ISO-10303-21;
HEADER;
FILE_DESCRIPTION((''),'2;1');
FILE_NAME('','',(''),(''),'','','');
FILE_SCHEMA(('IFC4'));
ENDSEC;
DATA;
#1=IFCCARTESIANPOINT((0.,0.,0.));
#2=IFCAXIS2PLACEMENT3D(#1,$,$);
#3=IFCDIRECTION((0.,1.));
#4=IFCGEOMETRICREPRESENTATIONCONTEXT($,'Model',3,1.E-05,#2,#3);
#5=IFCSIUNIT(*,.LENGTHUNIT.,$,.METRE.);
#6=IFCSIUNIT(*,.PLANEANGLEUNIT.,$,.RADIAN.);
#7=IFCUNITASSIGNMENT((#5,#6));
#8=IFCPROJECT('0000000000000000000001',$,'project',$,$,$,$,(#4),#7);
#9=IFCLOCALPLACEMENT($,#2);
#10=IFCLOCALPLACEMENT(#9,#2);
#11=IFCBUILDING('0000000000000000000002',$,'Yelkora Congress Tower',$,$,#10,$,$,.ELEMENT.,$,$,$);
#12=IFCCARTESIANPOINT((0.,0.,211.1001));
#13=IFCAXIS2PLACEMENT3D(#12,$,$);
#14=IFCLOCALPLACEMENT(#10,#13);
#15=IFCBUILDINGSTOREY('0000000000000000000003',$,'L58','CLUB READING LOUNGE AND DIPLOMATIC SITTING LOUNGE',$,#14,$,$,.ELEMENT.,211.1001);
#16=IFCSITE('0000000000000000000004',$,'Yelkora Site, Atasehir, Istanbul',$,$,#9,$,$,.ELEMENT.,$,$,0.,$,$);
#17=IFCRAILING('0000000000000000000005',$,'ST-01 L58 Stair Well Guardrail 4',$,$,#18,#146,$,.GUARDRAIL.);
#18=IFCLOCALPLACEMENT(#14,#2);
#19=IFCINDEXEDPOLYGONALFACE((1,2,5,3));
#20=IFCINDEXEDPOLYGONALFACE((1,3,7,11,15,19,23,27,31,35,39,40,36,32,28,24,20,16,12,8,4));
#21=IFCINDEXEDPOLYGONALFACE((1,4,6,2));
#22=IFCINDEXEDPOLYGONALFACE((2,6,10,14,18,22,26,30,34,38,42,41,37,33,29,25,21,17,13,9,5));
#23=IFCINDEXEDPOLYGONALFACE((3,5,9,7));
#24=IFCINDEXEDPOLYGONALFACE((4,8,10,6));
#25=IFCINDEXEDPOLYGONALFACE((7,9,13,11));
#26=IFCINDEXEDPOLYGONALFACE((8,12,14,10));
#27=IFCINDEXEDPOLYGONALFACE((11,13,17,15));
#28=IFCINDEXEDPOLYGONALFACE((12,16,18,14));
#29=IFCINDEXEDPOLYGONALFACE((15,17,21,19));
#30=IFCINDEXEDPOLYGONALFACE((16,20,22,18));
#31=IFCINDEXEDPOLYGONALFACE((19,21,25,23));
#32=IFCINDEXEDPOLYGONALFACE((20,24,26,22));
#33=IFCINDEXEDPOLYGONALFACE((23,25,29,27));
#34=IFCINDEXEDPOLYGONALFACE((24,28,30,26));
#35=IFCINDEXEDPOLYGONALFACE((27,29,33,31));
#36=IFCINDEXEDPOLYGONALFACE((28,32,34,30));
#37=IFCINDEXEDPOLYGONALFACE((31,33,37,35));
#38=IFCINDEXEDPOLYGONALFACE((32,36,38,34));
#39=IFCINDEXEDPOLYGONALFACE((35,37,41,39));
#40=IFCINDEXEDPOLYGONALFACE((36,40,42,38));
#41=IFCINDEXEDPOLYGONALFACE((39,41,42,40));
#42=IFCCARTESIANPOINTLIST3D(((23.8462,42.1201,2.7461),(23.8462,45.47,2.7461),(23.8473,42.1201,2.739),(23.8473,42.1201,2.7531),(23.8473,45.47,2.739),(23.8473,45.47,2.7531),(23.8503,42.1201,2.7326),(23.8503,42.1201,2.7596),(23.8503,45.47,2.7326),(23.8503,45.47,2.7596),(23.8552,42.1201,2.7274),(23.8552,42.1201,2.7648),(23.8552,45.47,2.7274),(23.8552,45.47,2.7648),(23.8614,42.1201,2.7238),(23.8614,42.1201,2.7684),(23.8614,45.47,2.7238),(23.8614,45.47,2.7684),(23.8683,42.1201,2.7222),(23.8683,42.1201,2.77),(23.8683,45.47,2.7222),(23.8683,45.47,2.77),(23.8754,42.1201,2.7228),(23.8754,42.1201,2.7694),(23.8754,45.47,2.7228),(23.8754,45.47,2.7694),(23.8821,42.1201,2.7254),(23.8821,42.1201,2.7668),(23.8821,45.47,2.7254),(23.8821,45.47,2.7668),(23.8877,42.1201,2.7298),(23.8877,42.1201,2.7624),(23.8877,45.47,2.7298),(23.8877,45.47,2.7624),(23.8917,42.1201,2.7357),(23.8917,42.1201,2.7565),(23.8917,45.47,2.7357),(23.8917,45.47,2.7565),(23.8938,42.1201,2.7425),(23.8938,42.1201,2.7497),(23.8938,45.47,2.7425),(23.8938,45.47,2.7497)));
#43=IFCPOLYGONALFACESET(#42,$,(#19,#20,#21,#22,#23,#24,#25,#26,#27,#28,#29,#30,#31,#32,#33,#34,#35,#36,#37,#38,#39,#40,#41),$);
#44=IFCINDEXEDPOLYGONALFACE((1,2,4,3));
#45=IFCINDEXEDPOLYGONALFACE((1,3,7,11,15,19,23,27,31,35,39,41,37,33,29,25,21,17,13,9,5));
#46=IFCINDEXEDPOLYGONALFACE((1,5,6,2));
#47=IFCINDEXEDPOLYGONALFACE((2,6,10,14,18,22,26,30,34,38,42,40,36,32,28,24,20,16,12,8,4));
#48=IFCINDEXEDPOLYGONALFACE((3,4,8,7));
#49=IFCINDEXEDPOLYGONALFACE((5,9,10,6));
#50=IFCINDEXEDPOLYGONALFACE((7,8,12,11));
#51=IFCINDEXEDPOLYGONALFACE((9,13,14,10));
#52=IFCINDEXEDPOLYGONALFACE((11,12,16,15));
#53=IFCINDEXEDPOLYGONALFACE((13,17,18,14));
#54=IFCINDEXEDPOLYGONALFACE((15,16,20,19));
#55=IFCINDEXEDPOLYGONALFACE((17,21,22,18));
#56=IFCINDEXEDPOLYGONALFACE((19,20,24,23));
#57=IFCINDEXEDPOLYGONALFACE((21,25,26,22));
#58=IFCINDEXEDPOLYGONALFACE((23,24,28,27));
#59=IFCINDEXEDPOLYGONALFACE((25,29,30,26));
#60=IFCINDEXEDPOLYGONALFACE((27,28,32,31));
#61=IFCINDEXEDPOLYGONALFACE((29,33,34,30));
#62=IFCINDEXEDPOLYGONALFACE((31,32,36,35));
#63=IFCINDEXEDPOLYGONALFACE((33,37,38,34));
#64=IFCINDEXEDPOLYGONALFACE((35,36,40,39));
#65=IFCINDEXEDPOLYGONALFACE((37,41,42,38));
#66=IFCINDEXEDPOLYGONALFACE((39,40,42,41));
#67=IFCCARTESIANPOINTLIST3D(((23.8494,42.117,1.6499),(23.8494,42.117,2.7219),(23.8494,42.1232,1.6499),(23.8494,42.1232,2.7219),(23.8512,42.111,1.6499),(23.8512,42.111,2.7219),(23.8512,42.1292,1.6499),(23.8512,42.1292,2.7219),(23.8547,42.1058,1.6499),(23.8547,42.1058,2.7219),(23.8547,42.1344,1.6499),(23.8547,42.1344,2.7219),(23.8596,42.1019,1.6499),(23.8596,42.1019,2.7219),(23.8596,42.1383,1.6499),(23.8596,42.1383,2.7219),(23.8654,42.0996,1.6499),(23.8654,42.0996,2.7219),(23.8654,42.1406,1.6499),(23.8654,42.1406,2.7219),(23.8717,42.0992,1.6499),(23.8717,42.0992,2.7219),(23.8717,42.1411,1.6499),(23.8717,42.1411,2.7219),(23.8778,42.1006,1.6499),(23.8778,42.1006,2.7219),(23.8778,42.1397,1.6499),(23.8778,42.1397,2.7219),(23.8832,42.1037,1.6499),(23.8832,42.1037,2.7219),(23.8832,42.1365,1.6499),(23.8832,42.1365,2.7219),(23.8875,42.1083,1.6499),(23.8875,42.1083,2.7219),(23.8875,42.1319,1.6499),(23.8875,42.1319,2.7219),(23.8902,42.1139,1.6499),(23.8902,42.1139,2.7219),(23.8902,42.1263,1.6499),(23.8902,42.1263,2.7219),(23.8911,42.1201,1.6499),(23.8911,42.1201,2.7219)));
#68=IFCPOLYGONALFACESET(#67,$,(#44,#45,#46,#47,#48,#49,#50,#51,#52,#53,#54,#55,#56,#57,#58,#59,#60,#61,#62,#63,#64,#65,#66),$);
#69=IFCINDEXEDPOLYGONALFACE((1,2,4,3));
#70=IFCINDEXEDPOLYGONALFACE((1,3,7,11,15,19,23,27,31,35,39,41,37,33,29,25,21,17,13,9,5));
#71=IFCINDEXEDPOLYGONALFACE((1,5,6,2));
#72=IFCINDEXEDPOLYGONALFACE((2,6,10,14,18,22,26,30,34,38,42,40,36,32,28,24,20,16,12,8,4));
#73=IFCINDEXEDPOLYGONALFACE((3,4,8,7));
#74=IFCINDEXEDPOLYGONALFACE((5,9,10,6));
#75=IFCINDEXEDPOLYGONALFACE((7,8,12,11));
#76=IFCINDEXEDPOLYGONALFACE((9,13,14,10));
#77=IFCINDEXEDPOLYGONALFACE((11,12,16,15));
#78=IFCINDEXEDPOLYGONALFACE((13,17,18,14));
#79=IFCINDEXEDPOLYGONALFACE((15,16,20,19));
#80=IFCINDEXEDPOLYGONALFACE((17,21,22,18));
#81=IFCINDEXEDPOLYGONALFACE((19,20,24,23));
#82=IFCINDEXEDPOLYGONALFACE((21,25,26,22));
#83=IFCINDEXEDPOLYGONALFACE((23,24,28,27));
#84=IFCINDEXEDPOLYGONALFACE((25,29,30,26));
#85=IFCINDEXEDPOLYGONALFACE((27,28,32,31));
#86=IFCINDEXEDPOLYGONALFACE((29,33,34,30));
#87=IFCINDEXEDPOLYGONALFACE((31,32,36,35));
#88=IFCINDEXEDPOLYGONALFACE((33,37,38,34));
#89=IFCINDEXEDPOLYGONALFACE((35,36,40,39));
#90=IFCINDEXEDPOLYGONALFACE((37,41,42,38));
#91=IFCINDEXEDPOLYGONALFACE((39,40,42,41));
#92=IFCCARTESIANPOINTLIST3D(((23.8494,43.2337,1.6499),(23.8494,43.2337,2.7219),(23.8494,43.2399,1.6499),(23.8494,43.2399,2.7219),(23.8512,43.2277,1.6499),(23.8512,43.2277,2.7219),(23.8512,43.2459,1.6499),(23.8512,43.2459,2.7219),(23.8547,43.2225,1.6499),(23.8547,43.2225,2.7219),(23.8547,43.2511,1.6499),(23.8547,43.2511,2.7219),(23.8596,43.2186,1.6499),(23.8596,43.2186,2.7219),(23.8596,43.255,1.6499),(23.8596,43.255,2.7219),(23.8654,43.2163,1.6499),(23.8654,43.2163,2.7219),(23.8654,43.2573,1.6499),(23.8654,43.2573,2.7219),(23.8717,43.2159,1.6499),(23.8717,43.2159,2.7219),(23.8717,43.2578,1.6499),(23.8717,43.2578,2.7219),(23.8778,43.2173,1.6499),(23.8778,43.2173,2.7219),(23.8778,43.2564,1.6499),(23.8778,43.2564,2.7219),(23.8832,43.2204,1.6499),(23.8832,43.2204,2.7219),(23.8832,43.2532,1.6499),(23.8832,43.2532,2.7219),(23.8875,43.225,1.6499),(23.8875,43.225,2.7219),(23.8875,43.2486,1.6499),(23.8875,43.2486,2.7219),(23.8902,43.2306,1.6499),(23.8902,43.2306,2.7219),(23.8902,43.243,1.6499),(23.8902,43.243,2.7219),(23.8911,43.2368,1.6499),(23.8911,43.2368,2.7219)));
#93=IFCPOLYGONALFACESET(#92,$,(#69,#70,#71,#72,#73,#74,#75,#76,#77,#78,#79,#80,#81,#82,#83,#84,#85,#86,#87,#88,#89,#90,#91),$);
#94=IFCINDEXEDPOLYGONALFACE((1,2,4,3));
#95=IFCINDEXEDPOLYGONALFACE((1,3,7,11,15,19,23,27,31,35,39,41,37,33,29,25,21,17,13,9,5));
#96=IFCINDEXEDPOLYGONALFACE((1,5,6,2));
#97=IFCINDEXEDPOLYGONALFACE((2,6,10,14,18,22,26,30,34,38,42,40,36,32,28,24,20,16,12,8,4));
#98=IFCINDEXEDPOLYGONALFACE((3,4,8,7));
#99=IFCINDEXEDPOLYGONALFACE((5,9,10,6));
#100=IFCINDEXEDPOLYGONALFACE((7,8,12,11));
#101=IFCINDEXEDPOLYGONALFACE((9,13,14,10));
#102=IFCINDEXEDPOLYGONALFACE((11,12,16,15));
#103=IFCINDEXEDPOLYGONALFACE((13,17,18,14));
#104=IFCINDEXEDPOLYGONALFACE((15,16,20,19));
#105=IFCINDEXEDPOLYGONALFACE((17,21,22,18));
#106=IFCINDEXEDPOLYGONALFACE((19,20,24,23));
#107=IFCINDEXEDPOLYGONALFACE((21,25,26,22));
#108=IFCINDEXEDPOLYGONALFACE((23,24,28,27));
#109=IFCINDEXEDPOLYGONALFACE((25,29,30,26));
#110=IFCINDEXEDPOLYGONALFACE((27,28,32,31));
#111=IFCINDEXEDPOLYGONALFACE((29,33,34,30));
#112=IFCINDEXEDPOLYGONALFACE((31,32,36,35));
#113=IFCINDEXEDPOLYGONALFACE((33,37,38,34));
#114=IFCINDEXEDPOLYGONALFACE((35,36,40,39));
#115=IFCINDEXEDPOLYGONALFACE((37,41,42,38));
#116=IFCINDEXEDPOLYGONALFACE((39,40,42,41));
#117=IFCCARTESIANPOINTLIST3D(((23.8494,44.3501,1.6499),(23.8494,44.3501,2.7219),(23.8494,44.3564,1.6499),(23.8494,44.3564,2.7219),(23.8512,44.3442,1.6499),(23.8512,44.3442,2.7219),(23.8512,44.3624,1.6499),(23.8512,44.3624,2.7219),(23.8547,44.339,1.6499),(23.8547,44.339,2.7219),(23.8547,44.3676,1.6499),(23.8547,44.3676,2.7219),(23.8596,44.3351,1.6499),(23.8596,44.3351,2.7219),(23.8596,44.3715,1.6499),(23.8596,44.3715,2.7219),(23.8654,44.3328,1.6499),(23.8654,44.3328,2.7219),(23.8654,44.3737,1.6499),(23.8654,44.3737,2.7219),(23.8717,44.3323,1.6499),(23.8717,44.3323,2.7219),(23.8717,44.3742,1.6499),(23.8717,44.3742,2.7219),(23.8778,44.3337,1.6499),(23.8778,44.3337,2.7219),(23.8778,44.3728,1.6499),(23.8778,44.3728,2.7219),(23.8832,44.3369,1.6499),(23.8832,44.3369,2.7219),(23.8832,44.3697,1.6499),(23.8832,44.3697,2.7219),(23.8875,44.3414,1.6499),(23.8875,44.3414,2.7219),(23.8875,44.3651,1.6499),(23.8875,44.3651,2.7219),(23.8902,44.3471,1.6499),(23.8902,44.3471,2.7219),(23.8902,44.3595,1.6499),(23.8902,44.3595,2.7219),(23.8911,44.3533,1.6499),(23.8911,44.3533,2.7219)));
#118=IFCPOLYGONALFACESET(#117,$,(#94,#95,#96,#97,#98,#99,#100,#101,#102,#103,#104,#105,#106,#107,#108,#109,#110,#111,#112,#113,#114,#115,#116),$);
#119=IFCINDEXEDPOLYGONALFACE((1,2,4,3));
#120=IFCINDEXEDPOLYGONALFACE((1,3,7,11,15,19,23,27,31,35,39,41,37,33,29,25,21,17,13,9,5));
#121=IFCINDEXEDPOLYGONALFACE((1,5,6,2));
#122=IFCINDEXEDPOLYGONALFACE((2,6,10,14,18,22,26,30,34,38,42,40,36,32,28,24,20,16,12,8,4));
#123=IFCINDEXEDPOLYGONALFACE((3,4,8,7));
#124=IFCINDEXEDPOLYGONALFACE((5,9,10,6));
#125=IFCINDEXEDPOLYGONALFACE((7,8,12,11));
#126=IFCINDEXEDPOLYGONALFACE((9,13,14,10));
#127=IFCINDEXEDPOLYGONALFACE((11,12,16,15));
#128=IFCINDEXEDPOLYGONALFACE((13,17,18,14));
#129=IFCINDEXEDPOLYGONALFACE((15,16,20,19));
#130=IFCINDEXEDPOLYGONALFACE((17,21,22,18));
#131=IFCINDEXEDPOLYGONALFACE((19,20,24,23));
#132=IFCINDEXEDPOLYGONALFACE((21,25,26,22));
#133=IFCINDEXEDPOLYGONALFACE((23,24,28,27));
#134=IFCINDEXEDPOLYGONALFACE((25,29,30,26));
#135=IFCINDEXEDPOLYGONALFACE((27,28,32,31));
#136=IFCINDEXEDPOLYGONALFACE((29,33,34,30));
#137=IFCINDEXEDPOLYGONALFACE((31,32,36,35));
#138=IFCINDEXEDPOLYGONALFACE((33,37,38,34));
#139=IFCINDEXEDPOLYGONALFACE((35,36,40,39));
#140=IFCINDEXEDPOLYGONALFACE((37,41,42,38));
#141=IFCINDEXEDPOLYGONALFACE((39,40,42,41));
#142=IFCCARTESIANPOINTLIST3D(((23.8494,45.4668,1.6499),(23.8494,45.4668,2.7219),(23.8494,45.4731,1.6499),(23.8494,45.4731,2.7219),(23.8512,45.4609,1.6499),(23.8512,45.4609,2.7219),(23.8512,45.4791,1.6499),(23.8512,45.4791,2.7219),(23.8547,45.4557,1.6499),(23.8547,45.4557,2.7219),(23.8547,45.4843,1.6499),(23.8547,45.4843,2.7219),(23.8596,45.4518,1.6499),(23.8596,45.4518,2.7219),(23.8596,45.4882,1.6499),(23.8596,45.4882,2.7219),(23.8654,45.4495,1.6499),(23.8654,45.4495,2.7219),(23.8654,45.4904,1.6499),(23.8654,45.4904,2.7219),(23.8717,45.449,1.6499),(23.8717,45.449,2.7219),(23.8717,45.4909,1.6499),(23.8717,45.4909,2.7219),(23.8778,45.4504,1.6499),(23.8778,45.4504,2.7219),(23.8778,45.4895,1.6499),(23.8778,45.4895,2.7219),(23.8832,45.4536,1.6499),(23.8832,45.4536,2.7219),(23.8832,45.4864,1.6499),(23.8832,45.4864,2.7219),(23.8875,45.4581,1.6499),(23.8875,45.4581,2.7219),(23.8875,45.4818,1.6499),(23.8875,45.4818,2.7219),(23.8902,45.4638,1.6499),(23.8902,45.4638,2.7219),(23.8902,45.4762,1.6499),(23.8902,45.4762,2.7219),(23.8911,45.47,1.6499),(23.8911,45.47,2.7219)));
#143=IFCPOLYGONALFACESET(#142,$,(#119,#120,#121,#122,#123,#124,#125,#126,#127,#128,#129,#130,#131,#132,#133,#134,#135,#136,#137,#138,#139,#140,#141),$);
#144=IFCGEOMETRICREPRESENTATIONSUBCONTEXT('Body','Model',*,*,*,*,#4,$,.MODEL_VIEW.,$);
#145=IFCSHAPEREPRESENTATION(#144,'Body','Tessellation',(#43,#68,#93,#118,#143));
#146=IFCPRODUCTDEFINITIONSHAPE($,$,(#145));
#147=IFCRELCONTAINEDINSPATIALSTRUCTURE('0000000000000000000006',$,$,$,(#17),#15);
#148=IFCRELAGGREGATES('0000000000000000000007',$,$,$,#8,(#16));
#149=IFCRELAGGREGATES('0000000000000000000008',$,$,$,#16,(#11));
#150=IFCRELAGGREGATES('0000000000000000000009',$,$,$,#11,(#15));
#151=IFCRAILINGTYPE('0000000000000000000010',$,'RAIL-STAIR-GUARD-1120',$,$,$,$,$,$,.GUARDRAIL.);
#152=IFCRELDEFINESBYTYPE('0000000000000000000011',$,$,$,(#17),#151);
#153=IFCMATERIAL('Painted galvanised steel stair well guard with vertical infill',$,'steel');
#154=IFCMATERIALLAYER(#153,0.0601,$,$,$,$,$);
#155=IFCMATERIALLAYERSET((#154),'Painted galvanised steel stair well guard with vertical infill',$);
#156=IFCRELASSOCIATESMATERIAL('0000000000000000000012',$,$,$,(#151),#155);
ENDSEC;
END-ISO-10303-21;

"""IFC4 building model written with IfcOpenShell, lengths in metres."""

from ifc_helpers import new_model, si_unit, direction, frame, origin, origin_2d, place, context, subcontext, project, spatial, circle, extrude, material, layer, layer_set, type_object, element, save


model = new_model("IFC4")

# Units and contexts
model_context = context("Model", 3, precision=1e-05, world=origin(), true_north=direction((0.0, 1.0)))
body_context = subcontext(model_context, "Body", "Model", "MODEL_VIEW")
ifc_project = project(units=[si_unit("LENGTHUNIT", "METRE"), si_unit("PLANEANGLEUNIT", "RADIAN")], contexts=[model_context])

# Site, building, storey
site_placement = place(None, origin())
site = spatial("IfcSite", under=ifc_project, at=site_placement, Name="Yelkora Site, Atasehir, Istanbul", CompositionType="ELEMENT", RefElevation=0.0)
building_placement = place(site_placement, origin())
building = spatial("IfcBuilding", under=site, at=building_placement, Name="Yelkora Congress Tower", CompositionType="ELEMENT")
storey_placement = place(building_placement, frame((0.0, 0.0, 211.1001)))
storey = spatial("IfcBuildingStorey", under=building, at=storey_placement, Name="L58", Description="CLUB READING LOUNGE AND DIPLOMATIC SITTING LOUNGE", CompositionType="ELEMENT", Elevation=211.1001)

# Railing
ifc_material_1 = material(Name="Painted galvanised steel stair well guard with vertical infill", Category="steel")
ifc_layer_1 = layer(ifc_material_1, 0.0601)
ifc_layer_set_1 = layer_set([ifc_layer_1], Name="Painted galvanised steel stair well guard with vertical infill")
railing_type_1 = type_object("IfcRailingType", Name="RAIL-STAIR-GUARD-1120", PredefinedType="GUARDRAIL", material=ifc_layer_set_1)
railing_1_placement = place(storey_placement, frame((23.8701, 42.1201, 1.6499)))
element("IfcRailing", 1, at=railing_1_placement, inside=storey, type_object=railing_type_1, Name="ST-01 L58 Stair Well Guardrail 4", PredefinedType="GUARDRAIL", context=body_context, shape_type="SweptSolid", body=[
    extrude(circle(Radius=0.0239, at=origin_2d()), frame((0.0, 0.0, 1.0962), z_axis=(0.0, 1.0, 0.0), x_axis=(-1.0, 0.0, 0.0)), (0.0, 0.0, 1.0), 3.3499),
    extrude(circle(Radius=0.021, at=origin_2d()), origin(), (0.0, 0.0, 1.0), 1.072),
    extrude(circle(Radius=0.021, at=origin_2d()), frame((0.0, 1.1167, 0.0)), (0.0, 0.0, 1.0), 1.072),
    extrude(circle(Radius=0.021, at=origin_2d()), frame((0.0, 2.2332, 0.0)), (0.0, 0.0, 1.0), 1.072),
    extrude(circle(Radius=0.021, at=origin_2d()), frame((0.0, 3.3499, 0.0)), (0.0, 0.0, 1.0), 1.072),
])

save(model, "model.ifc")
